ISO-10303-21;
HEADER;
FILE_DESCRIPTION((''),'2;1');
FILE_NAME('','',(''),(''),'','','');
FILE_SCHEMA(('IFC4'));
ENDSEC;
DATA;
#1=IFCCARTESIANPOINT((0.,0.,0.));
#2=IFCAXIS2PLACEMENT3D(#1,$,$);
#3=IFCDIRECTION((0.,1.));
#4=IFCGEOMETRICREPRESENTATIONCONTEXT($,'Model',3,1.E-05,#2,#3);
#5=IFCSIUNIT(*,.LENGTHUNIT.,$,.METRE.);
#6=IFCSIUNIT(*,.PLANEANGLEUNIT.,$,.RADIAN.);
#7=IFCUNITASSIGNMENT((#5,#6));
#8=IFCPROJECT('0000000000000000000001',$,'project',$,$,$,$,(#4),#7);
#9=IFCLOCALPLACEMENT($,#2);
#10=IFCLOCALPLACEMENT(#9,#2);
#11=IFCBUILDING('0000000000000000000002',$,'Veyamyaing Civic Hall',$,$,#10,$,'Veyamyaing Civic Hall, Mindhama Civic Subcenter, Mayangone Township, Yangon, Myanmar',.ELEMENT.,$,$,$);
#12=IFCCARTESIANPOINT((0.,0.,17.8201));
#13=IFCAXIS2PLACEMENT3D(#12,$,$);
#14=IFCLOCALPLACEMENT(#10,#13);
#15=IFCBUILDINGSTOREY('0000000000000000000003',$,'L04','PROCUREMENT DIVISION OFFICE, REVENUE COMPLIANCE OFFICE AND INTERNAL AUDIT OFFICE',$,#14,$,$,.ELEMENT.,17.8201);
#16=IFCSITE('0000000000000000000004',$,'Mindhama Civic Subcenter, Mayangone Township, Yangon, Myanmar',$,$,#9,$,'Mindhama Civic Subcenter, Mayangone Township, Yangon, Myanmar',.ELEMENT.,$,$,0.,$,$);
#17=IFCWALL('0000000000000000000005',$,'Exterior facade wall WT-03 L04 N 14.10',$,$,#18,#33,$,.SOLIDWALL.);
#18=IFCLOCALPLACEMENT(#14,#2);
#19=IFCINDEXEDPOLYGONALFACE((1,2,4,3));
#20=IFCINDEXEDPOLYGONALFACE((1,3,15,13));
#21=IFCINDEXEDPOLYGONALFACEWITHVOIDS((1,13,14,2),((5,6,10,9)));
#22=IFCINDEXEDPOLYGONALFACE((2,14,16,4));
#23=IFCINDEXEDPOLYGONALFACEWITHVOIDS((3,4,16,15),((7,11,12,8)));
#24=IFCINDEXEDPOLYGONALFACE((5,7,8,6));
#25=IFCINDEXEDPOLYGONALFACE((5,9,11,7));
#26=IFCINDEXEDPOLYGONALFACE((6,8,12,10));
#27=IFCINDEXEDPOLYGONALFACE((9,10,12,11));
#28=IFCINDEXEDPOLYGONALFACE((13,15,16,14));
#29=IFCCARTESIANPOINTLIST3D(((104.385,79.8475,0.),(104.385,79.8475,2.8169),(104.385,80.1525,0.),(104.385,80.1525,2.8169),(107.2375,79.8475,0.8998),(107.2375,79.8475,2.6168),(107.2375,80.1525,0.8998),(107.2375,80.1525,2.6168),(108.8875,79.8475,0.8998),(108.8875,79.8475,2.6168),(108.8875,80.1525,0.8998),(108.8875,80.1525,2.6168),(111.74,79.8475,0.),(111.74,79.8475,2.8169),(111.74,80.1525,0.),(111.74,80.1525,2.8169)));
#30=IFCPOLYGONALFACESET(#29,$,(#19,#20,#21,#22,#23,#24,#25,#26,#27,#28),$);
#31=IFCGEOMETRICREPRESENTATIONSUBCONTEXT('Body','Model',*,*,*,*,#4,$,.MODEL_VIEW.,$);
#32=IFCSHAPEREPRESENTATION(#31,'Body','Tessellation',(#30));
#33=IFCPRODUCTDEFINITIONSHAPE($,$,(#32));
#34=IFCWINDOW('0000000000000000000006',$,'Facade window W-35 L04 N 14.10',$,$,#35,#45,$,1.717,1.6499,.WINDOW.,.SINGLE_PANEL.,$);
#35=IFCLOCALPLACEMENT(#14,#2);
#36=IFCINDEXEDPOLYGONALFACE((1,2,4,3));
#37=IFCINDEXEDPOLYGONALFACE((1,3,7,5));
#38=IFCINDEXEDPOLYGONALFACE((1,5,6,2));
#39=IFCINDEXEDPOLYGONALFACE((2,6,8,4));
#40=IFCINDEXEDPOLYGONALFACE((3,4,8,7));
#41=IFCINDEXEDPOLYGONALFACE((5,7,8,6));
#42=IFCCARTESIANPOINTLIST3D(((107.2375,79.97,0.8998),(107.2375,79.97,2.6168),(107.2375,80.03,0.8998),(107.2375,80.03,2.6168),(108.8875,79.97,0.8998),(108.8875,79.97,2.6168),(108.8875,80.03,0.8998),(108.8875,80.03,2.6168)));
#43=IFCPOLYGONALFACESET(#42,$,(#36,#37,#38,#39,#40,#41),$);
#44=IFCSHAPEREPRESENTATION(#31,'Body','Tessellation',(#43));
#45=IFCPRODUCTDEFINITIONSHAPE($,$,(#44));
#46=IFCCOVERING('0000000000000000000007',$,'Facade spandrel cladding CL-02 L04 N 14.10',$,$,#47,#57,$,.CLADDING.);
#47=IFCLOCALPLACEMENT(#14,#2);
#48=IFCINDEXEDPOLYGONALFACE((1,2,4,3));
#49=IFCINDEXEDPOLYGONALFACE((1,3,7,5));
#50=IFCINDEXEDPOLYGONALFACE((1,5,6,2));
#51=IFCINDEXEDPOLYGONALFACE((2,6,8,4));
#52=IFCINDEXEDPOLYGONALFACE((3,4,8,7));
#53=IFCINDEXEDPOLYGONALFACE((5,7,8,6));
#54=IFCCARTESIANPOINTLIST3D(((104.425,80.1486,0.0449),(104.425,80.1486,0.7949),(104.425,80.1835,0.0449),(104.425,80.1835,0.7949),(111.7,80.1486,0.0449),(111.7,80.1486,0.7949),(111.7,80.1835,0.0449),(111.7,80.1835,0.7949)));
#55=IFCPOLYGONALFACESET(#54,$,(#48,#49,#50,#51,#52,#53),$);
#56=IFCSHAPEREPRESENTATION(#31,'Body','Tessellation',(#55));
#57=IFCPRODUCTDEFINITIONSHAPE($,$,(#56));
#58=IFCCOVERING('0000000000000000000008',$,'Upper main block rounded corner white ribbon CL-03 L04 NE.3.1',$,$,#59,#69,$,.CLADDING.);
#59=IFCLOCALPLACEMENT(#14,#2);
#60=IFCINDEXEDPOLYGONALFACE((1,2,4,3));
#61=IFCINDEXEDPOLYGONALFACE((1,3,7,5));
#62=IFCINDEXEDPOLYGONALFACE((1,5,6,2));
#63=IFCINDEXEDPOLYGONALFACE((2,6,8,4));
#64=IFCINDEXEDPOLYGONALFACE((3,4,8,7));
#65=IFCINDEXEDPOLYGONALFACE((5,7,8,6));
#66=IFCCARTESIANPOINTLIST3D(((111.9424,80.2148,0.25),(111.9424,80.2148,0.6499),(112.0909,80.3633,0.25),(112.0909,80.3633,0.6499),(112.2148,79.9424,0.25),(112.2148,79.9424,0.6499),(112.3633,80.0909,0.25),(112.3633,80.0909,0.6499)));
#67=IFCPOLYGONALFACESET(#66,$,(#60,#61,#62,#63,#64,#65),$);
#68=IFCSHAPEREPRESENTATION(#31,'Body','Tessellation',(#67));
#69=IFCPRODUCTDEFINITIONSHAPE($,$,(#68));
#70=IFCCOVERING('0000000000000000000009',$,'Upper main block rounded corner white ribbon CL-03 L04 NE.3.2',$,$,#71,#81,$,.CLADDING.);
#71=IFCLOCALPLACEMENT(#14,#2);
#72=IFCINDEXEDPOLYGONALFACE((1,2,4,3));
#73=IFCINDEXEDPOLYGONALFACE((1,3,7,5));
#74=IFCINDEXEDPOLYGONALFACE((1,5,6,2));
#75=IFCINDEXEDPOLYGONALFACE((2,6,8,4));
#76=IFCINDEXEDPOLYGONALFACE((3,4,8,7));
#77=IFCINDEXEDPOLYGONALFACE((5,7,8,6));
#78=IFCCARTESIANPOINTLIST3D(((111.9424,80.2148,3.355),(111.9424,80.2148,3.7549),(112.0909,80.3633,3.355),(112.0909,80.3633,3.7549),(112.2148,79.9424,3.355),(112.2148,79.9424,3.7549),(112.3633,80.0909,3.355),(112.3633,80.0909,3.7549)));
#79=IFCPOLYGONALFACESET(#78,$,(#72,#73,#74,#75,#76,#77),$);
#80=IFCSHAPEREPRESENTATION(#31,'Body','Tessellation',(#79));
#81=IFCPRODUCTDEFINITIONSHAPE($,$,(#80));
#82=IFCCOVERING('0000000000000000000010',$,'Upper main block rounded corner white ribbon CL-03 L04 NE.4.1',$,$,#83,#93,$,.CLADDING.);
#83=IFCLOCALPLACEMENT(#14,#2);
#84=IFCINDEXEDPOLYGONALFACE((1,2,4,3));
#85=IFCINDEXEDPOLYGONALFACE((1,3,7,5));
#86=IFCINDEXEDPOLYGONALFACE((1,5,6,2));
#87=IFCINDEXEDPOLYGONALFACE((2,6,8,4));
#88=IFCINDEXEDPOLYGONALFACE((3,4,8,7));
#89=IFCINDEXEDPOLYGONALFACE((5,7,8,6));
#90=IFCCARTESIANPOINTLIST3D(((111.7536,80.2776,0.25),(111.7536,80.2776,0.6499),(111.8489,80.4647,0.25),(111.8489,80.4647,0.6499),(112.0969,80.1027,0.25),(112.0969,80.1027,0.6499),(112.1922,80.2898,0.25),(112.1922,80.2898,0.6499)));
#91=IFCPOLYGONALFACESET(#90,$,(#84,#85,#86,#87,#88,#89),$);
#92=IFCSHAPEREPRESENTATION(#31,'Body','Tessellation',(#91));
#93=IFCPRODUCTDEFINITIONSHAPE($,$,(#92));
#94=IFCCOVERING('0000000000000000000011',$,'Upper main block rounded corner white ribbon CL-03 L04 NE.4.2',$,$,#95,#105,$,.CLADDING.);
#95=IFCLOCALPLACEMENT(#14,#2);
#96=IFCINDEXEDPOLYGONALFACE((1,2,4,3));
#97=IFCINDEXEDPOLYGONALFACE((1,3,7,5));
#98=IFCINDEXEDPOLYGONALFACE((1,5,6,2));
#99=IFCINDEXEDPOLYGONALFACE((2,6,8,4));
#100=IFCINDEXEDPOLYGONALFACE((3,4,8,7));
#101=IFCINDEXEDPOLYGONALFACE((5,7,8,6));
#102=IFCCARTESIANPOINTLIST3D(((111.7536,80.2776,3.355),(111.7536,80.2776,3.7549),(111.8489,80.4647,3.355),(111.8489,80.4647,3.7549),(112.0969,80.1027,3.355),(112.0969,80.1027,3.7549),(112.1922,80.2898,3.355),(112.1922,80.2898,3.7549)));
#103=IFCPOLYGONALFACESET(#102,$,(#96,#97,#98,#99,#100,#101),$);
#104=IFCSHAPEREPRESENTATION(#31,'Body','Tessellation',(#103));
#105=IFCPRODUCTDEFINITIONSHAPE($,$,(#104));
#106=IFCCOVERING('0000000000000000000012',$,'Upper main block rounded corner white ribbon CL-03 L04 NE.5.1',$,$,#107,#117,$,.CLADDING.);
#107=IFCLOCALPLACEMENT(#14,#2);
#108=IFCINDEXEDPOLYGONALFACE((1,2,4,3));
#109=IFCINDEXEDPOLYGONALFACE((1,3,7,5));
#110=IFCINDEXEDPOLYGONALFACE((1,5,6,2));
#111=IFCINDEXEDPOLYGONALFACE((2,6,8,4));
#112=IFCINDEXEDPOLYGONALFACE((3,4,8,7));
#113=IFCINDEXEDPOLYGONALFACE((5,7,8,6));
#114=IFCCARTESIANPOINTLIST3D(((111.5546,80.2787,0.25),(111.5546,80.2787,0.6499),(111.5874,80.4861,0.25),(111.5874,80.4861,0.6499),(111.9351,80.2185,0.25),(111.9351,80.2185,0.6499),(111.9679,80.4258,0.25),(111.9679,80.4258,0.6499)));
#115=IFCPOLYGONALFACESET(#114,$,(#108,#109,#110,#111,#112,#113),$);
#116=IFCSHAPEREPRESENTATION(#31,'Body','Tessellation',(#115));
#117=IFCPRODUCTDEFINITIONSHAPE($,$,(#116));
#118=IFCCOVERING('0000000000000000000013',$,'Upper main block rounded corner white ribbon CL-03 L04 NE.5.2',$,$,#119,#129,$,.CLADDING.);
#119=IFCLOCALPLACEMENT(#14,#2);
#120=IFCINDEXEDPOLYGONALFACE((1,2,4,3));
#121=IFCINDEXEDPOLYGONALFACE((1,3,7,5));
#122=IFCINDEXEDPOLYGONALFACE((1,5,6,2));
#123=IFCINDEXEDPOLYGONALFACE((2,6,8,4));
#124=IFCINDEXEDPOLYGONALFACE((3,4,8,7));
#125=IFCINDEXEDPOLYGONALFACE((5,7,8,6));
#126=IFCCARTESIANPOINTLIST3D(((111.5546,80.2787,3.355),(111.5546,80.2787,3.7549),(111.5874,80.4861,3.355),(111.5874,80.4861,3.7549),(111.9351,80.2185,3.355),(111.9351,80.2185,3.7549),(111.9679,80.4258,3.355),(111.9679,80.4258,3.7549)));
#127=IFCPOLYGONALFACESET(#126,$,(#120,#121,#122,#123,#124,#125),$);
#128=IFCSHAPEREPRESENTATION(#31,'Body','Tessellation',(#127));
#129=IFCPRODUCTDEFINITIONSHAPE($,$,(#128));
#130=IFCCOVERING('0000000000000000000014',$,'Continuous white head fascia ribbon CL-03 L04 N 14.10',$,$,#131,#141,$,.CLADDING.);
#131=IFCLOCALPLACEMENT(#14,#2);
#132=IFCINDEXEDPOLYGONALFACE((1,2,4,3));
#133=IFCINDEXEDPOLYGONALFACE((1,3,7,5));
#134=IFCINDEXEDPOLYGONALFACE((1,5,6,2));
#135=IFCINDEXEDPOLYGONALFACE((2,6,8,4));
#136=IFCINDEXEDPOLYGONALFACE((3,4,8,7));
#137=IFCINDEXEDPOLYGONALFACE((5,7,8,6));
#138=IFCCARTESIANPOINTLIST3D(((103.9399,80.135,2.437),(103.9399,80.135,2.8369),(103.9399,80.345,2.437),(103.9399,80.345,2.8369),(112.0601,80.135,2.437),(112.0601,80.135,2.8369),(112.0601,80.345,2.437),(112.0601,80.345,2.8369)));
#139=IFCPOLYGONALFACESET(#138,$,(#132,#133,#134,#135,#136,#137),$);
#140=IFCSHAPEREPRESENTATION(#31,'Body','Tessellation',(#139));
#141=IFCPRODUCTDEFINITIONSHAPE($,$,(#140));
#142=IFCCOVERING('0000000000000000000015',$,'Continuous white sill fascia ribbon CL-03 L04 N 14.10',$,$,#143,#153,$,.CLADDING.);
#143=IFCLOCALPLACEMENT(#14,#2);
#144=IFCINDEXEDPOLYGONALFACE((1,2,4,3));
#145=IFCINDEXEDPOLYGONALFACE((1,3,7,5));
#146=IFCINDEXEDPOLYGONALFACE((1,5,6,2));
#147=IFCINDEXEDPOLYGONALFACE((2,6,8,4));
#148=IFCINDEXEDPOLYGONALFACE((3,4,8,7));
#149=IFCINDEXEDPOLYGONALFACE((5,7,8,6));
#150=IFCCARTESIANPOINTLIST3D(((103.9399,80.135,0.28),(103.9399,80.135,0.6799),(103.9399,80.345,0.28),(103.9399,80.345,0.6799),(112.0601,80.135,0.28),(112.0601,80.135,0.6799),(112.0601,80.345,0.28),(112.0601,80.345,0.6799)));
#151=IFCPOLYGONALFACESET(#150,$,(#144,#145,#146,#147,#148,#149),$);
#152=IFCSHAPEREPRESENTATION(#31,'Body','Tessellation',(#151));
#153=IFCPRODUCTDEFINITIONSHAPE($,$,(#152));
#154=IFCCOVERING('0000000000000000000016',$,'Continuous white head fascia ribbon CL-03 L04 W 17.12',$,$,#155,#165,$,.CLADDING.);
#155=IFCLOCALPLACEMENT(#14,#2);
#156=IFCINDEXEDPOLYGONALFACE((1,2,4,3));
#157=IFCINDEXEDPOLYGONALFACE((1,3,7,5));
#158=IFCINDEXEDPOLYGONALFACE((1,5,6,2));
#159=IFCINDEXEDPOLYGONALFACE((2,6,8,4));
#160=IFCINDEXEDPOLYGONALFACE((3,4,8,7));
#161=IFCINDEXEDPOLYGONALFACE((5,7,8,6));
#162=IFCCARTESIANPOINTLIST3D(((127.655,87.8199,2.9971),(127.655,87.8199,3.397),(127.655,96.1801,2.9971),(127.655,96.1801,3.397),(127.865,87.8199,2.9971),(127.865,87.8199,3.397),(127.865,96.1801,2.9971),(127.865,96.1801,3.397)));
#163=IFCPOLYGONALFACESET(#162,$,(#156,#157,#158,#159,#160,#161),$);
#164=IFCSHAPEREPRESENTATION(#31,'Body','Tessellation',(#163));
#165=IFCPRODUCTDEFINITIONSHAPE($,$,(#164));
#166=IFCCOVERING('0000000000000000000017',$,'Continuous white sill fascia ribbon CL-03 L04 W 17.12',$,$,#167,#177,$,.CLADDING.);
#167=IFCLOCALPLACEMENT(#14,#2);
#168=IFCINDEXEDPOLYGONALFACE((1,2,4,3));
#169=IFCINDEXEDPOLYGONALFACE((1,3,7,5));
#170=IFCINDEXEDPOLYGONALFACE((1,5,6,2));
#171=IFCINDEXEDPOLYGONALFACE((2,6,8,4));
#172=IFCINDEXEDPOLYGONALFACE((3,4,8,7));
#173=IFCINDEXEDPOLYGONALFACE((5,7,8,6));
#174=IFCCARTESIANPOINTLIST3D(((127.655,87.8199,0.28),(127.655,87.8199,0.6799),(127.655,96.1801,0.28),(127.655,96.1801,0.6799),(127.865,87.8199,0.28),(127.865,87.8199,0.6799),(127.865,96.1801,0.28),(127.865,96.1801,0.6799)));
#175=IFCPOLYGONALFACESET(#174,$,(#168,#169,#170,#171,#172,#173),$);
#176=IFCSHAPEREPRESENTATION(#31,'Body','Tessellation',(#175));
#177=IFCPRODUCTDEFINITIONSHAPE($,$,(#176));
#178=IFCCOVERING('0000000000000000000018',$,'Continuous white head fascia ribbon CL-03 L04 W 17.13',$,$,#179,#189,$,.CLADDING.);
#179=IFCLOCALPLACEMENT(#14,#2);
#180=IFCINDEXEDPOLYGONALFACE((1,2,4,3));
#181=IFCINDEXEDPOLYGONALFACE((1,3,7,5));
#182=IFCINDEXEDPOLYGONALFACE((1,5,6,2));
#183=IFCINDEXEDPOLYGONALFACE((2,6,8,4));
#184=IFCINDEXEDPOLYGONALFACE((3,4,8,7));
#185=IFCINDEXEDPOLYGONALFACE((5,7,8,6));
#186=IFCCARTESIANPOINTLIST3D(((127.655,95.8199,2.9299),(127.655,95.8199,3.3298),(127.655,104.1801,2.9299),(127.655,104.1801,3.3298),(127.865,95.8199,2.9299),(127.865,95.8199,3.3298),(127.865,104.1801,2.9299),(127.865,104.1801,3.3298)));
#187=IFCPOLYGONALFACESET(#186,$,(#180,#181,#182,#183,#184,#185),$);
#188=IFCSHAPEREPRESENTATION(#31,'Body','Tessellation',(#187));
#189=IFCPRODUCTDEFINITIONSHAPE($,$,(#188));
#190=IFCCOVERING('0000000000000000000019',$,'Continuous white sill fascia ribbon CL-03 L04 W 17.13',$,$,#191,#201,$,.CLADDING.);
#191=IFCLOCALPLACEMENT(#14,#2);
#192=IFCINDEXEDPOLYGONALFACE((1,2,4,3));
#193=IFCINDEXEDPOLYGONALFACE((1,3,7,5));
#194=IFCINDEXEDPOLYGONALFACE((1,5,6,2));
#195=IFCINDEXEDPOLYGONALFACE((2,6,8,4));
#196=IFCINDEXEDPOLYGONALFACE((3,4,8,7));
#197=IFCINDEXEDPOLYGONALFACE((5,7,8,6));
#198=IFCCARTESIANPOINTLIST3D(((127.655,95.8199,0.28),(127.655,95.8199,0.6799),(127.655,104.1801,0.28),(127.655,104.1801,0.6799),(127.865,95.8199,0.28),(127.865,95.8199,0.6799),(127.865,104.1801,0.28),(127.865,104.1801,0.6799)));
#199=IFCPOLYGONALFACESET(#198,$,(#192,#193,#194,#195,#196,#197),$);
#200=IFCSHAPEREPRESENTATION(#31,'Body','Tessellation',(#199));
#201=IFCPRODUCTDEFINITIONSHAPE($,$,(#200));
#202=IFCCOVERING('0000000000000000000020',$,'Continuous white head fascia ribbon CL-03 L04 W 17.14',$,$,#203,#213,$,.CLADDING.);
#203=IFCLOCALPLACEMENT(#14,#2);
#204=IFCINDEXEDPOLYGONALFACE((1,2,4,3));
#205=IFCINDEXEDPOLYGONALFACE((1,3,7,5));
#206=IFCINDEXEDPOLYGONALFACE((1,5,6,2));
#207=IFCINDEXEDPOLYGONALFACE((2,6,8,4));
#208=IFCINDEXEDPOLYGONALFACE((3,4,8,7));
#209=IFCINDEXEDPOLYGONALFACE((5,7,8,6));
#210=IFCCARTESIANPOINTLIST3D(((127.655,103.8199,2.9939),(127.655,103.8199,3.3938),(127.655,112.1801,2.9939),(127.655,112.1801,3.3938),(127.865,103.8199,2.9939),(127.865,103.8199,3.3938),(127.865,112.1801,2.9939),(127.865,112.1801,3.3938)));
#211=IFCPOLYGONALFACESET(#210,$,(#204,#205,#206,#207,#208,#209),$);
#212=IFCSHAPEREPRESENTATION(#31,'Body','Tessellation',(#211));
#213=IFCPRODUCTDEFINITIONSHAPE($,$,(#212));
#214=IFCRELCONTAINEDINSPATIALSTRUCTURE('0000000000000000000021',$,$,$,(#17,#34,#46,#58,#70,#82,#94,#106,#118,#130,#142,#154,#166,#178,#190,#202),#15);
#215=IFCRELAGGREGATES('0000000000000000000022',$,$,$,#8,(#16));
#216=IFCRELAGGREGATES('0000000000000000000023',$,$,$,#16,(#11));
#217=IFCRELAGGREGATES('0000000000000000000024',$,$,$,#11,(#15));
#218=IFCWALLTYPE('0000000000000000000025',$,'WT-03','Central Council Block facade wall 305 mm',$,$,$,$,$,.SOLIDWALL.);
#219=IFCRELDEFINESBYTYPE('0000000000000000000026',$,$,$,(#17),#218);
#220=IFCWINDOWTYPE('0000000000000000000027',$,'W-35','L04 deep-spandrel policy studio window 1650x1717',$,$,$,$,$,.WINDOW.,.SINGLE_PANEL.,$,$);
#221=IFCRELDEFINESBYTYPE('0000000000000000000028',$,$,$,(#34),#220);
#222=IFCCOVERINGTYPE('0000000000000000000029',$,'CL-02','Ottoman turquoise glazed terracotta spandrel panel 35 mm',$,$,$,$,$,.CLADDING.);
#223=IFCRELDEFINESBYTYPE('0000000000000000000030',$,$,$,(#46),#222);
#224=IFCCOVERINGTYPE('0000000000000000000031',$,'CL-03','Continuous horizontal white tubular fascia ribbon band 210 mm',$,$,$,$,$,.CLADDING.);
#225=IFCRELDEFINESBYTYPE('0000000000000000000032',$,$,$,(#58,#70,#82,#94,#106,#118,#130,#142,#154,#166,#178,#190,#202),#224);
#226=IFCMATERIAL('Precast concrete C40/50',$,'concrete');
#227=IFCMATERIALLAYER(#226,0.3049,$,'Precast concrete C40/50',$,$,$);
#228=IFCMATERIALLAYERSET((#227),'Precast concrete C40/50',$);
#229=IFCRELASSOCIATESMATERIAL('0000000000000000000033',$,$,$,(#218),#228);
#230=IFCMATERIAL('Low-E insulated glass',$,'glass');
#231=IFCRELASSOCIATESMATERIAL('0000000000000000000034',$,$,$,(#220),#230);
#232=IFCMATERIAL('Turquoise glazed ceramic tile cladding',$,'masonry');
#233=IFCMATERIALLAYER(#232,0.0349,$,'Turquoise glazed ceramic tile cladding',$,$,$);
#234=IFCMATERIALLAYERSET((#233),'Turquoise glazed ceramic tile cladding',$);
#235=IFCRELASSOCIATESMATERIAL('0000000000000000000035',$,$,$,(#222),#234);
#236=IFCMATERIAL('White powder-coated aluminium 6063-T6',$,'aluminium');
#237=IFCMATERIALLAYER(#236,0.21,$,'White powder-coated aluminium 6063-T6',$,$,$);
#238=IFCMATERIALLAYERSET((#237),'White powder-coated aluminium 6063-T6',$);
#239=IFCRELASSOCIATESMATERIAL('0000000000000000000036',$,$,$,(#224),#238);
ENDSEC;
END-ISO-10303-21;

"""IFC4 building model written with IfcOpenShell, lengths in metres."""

from ifc_helpers import new_model, si_unit, direction, frame, frame_2d, origin, origin_2d, place, context, subcontext, project, spatial, rectangle, extrude, material, layer, layer_set, type_object, element, fill, save


model = new_model("IFC4")

# Units and contexts
model_context = context("Model", 3, precision=1e-05, world=origin(), true_north=direction((0.0, 1.0)))
body_context = subcontext(model_context, "Body", "Model", "MODEL_VIEW")
ifc_project = project(units=[si_unit("LENGTHUNIT", "METRE"), si_unit("PLANEANGLEUNIT", "RADIAN")], contexts=[model_context])

# Site, building, storey
site_placement = place(None, origin())
site = spatial("IfcSite", under=ifc_project, at=site_placement, Name="Mindhama Civic Subcenter, Mayangone Township, Yangon, Myanmar", LongName="Mindhama Civic Subcenter, Mayangone Township, Yangon, Myanmar", CompositionType="ELEMENT", RefElevation=0.0)
building_placement = place(site_placement, origin())
building = spatial("IfcBuilding", under=site, at=building_placement, Name="Veyamyaing Civic Hall", LongName="Veyamyaing Civic Hall, Mindhama Civic Subcenter, Mayangone Township, Yangon, Myanmar", CompositionType="ELEMENT")
storey_placement = place(building_placement, frame((0.0, 0.0, 17.8201)))
storey = spatial("IfcBuildingStorey", under=building, at=storey_placement, Name="L04", Description="PROCUREMENT DIVISION OFFICE, REVENUE COMPLIANCE OFFICE AND INTERNAL AUDIT OFFICE", CompositionType="ELEMENT", Elevation=17.8201)

# Wall, opening, window
ifc_material_1 = material(Name="Precast concrete C40/50", Category="concrete")
ifc_layer_1 = layer(ifc_material_1, 0.3049, Name="Precast concrete C40/50")
ifc_layer_set_1 = layer_set([ifc_layer_1], Name="Precast concrete C40/50")
wall_type = type_object("IfcWallType", Name="WT-03", Description="Central Council Block facade wall 305 mm", PredefinedType="SOLIDWALL", material=ifc_layer_set_1)
wall_placement = place(storey_placement, frame((104.385, 80.0, 0.0), z_axis=(0.0, 0.0, 1.0), x_axis=(1.0, 0.0, 0.0)))
wall = element("IfcWall", 1, at=wall_placement, inside=storey, type_object=wall_type, Name="Exterior facade wall WT-03 L04 N 14.10", PredefinedType="SOLIDWALL", context=body_context, shape_type="SweptSolid", body=[
    extrude(rectangle(XDim=7.355, YDim=0.3049, at=frame_2d((3.6775, 0.0))), origin(), (0.0, 0.0, 1.0), 2.8169),
])
opening_placement = place(wall_placement, frame((2.8525, 0.0, 0.8999)))
opening = element("IfcOpeningElement", 2, at=opening_placement, cuts=wall, PredefinedType="OPENING", context=body_context, shape_type="SweptSolid", body=[
    extrude(rectangle(XDim=1.6499, YDim=1.717, at=frame_2d((0.825, 0.8584))), frame((0.0, 0.1624, 0.0), z_axis=(0.0, -1.0, 0.0), x_axis=(1.0, 0.0, 0.0)), (0.0, 0.0, 1.0), 0.325),
])
ifc_material_2 = material(Name="Low-E insulated glass", Category="glass")
window_type = type_object("IfcWindowType", Name="W-35", Description="L04 deep-spandrel policy studio window 1650x1717", PartitioningType="SINGLE_PANEL", PredefinedType="WINDOW", material=ifc_material_2)
window_placement = place(opening_placement, origin())
window = element("IfcWindow", 3, at=window_placement, inside=storey, type_object=window_type, Name="Facade window W-35 L04 N 14.10", OverallHeight=1.717, OverallWidth=1.6499, PartitioningType="SINGLE_PANEL", PredefinedType="WINDOW", context=body_context, shape_type="SweptSolid", body=[
    extrude(rectangle(XDim=1.6499, YDim=1.717, at=frame_2d((0.825, 0.8584))), frame((0.0, 0.03, 0.0), z_axis=(0.0, -1.0, 0.0), x_axis=(1.0, 0.0, 0.0)), (0.0, 0.0, 1.0), 0.0601),
])
fill(opening, window)

# Coverings
ifc_material_3 = material(Name="Turquoise glazed ceramic tile cladding", Category="masonry")
ifc_layer_2 = layer(ifc_material_3, 0.0349, Name="Turquoise glazed ceramic tile cladding")
ifc_layer_set_2 = layer_set([ifc_layer_2], Name="Turquoise glazed ceramic tile cladding")
covering_type_1 = type_object("IfcCoveringType", Name="CL-02", Description="Ottoman turquoise glazed terracotta spandrel panel 35 mm", PredefinedType="CLADDING", material=ifc_layer_set_2)
covering_placement = place(storey_placement, frame((108.0625, 80.166, 0.0449), z_axis=(0.0, 0.0, 1.0), x_axis=(1.0, 0.0, 0.0)))
element("IfcCovering", 4, at=covering_placement, inside=storey, type_object=covering_type_1, Name="Facade spandrel cladding CL-02 L04 N 14.10", PredefinedType="CLADDING", context=body_context, shape_type="SweptSolid", body=[
    extrude(rectangle(XDim=7.2749, YDim=0.0349, at=origin_2d()), origin(), (0.0, 0.0, 1.0), 0.75),
])
ifc_material_4 = material(Name="White powder-coated aluminium 6063-T6", Category="aluminium")
ifc_layer_3 = layer(ifc_material_4, 0.21, Name="White powder-coated aluminium 6063-T6")
ifc_layer_set_3 = layer_set([ifc_layer_3], Name="White powder-coated aluminium 6063-T6")
covering_type_2 = type_object("IfcCoveringType", Name="CL-03", Description="Continuous horizontal white tubular fascia ribbon band 210 mm", PredefinedType="CLADDING", material=ifc_layer_set_3)
for number, where, z_axis, x_axis, name in (
    (5, (112.1528, 80.1528, 0.25), (0.0, 0.0, 1.0), (-0.707107, 0.707107, 0.0), "Upper main block rounded corner white ribbon CL-03 L04 NE.3.1"),
    (6, (112.1528, 80.1528, 3.355), (0.0, 0.0, 1.0), (-0.707107, 0.707107, 0.0), "Upper main block rounded corner white ribbon CL-03 L04 NE.3.2"),
    (7, (111.9729, 80.2837, 0.25), (0.0, 0.0, 1.0), (-0.891007, 0.45399, 0.0), "Upper main block rounded corner white ribbon CL-03 L04 NE.4.1"),
    (8, (111.9729, 80.2837, 3.355), (0.0, 0.0, 1.0), (-0.891007, 0.45399, 0.0), "Upper main block rounded corner white ribbon CL-03 L04 NE.4.2"),
    (9, (111.7612, 80.3523, 0.25), (0.0, 0.0, 1.0), (-0.987688, 0.156434, 0.0), "Upper main block rounded corner white ribbon CL-03 L04 NE.5.1"),
    (10, (111.7612, 80.3523, 3.355), (0.0, 0.0, 1.0), (-0.987688, 0.156434, 0.0), "Upper main block rounded corner white ribbon CL-03 L04 NE.5.2"),
):
    element("IfcCovering", number, at=place(storey_placement, frame(where, z_axis=z_axis, x_axis=x_axis)), inside=storey, type_object=covering_type_2, Name=name, PredefinedType="CLADDING", context=body_context, shape_type="SweptSolid", body=[
        extrude(rectangle(XDim=0.3853, YDim=0.21, at=origin_2d()), origin(), (0.0, 0.0, 1.0), 0.3999),
    ])
for number, where, z_axis, x_axis, name in (
    (11, (108.0, 80.24, 2.437), (0.0, 0.0, 1.0), (1.0, 0.0, 0.0), "Continuous white head fascia ribbon CL-03 L04 N 14.10"),
    (12, (108.0, 80.24, 0.28), (0.0, 0.0, 1.0), (1.0, 0.0, 0.0), "Continuous white sill fascia ribbon CL-03 L04 N 14.10"),
):
    element("IfcCovering", number, at=place(storey_placement, frame(where, z_axis=z_axis, x_axis=x_axis)), inside=storey, type_object=covering_type_2, Name=name, PredefinedType="CLADDING", context=body_context, shape_type="SweptSolid", body=[
        extrude(rectangle(XDim=8.1201, YDim=0.21, at=origin_2d()), origin(), (0.0, 0.0, 1.0), 0.3999),
    ])
for number, where, z_axis, x_axis, name in (
    (13, (127.76, 92.0, 2.9971), (0.0, 0.0, 1.0), (0.0, 1.0, 0.0), "Continuous white head fascia ribbon CL-03 L04 W 17.12"),
    (14, (127.76, 92.0, 0.28), (0.0, 0.0, 1.0), (0.0, 1.0, 0.0), "Continuous white sill fascia ribbon CL-03 L04 W 17.12"),
    (15, (127.76, 100.0, 2.9299), (0.0, 0.0, 1.0), (0.0, 1.0, 0.0), "Continuous white head fascia ribbon CL-03 L04 W 17.13"),
    (16, (127.76, 100.0, 0.28), (0.0, 0.0, 1.0), (0.0, 1.0, 0.0), "Continuous white sill fascia ribbon CL-03 L04 W 17.13"),
    (17, (127.76, 108.0, 2.9939), (0.0, 0.0, 1.0), (0.0, 1.0, 0.0), "Continuous white head fascia ribbon CL-03 L04 W 17.14"),
):
    element("IfcCovering", number, at=place(storey_placement, frame(where, z_axis=z_axis, x_axis=x_axis)), inside=storey, type_object=covering_type_2, Name=name, PredefinedType="CLADDING", context=body_context, shape_type="SweptSolid", body=[
        extrude(rectangle(XDim=8.3601, YDim=0.21, at=origin_2d()), origin(), (0.0, 0.0, 1.0), 0.3999),
    ])

save(model, "model.ifc")
